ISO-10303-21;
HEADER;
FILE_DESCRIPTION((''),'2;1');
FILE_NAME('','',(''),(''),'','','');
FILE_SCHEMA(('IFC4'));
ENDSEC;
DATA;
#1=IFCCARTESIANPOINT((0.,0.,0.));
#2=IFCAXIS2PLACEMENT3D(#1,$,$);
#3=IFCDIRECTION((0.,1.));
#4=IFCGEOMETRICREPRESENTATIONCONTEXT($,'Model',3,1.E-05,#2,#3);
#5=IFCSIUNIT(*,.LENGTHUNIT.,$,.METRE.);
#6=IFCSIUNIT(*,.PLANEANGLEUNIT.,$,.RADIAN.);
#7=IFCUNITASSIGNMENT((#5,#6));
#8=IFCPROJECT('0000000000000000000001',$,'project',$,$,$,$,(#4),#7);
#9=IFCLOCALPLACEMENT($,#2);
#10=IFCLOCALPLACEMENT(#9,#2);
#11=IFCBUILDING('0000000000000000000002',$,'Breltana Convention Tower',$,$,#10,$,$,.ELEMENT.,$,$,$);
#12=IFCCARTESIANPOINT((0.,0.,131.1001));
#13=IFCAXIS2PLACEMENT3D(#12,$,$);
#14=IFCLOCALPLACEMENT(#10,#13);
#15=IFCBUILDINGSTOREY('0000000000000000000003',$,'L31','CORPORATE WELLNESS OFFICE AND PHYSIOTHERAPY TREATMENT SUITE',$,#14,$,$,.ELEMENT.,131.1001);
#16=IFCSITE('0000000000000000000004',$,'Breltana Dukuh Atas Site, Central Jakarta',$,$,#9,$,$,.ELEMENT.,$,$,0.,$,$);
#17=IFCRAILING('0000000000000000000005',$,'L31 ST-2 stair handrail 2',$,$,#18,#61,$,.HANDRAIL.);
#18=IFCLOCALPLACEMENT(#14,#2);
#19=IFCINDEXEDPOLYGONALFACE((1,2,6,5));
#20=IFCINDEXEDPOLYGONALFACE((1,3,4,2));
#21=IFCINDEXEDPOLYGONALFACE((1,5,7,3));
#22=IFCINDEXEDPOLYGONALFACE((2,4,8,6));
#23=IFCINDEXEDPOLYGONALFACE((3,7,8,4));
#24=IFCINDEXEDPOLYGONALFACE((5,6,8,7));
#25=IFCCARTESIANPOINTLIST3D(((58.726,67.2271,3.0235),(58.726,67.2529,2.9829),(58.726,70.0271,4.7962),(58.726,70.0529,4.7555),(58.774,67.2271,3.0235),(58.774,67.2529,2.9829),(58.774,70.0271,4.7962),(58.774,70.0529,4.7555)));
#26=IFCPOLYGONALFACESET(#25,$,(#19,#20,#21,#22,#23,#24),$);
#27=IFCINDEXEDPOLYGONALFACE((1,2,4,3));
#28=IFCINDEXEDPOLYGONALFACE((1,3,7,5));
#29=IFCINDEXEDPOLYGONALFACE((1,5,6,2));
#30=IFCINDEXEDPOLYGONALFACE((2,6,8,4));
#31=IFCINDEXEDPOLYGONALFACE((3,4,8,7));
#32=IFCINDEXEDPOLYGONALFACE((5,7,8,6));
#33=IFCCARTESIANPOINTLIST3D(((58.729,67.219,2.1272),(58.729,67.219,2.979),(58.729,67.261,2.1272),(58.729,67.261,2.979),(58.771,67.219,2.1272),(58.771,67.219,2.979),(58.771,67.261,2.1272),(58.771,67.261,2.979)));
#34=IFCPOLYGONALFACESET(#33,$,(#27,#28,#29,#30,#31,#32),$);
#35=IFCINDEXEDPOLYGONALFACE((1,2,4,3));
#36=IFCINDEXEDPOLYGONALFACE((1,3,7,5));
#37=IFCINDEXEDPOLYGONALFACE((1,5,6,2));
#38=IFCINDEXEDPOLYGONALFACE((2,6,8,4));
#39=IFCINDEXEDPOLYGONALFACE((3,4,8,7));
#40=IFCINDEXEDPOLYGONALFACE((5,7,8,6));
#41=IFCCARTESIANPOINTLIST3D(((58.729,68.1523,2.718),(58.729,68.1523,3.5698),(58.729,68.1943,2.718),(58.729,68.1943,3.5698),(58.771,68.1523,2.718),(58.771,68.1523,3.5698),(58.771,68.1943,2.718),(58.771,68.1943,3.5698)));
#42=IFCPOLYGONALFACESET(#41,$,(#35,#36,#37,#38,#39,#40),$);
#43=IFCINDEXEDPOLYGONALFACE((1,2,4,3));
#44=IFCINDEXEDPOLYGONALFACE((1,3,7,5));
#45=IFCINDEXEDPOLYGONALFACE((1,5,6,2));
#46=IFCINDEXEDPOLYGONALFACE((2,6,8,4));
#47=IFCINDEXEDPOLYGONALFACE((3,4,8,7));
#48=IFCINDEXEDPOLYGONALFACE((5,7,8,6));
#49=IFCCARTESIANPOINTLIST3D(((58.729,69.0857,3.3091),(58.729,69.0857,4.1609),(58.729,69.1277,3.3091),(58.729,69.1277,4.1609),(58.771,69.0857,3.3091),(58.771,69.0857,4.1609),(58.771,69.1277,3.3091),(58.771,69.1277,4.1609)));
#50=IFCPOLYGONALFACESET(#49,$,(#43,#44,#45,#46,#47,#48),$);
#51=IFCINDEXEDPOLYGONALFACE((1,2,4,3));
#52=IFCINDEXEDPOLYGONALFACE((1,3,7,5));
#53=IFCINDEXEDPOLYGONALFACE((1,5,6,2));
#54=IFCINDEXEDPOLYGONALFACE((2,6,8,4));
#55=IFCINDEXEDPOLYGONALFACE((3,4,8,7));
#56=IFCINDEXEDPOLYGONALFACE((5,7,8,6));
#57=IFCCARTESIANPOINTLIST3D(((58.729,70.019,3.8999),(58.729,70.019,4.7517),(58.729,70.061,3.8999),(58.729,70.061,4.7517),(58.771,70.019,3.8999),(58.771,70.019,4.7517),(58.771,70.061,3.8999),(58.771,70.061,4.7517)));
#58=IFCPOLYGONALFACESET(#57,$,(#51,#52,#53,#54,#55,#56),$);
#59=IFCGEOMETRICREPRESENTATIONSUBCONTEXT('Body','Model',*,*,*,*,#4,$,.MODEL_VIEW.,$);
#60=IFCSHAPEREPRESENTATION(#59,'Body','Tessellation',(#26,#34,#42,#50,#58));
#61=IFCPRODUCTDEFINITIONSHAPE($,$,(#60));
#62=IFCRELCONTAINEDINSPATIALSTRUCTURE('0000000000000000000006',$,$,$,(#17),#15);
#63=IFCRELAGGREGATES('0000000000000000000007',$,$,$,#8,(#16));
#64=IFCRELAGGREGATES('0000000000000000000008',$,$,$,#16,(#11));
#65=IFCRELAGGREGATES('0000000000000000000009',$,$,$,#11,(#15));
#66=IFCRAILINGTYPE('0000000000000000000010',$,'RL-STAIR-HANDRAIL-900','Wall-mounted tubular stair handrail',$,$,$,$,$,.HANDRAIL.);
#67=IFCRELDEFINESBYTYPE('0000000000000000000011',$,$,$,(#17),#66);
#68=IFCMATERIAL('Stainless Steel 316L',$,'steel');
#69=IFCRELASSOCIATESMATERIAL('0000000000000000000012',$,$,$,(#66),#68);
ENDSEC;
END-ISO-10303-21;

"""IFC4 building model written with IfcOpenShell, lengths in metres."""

from ifc_helpers import new_model, si_unit, direction, frame, origin, origin_2d, place, context, subcontext, project, spatial, rectangle, extrude, material, type_object, element, save


model = new_model("IFC4")

# Units and contexts
model_context = context("Model", 3, precision=1e-05, world=origin(), true_north=direction((0.0, 1.0)))
body_context = subcontext(model_context, "Body", "Model", "MODEL_VIEW")
ifc_project = project(units=[si_unit("LENGTHUNIT", "METRE"), si_unit("PLANEANGLEUNIT", "RADIAN")], contexts=[model_context])

# Site, building, storey
site_placement = place(None, origin())
site = spatial("IfcSite", under=ifc_project, at=site_placement, Name="Breltana Dukuh Atas Site, Central Jakarta", CompositionType="ELEMENT", RefElevation=0.0)
building_placement = place(site_placement, origin())
building = spatial("IfcBuilding", under=site, at=building_placement, Name="Breltana Convention Tower", CompositionType="ELEMENT")
storey_placement = place(building_placement, frame((0.0, 0.0, 131.1001)))
storey = spatial("IfcBuildingStorey", under=building, at=storey_placement, Name="L31", Description="CORPORATE WELLNESS OFFICE AND PHYSIOTHERAPY TREATMENT SUITE", CompositionType="ELEMENT", Elevation=131.1001)

# Railing
ifc_material_1 = material(Name="Stainless Steel 316L", Category="steel")
railing_type_1 = type_object("IfcRailingType", Name="RL-STAIR-HANDRAIL-900", Description="Wall-mounted tubular stair handrail", PredefinedType="HANDRAIL", material=ifc_material_1)
railing_1_placement = place(storey_placement, frame((58.75, 67.24, 2.1272)))
element("IfcRailing", 1, at=railing_1_placement, inside=storey, type_object=railing_type_1, Name="L31 ST-2 stair handrail 2", PredefinedType="HANDRAIL", context=body_context, shape_type="SweptSolid", body=[
    extrude(rectangle(XDim=0.0481, YDim=0.0481, at=origin_2d()), frame((0.0, 0.0, 0.876), z_axis=(0.0, 0.844909, 0.53491), x_axis=(-1.0, 0.0, 0.0)), (0.0, 0.0, 1.0), 3.314),
    extrude(rectangle(XDim=0.042, YDim=0.042, at=origin_2d()), origin(), (0.0, 0.0, 1.0), 0.8518),
    extrude(rectangle(XDim=0.042, YDim=0.042, at=origin_2d()), frame((0.0, 0.9333, 0.5908)), (0.0, 0.0, 1.0), 0.8518),
    extrude(rectangle(XDim=0.042, YDim=0.042, at=origin_2d()), frame((0.0, 1.8667, 1.1819)), (0.0, 0.0, 1.0), 0.8518),
    extrude(rectangle(XDim=0.042, YDim=0.042, at=origin_2d()), frame((0.0, 2.8, 1.7727)), (0.0, 0.0, 1.0), 0.8518),
])

save(model, "model.ifc")
